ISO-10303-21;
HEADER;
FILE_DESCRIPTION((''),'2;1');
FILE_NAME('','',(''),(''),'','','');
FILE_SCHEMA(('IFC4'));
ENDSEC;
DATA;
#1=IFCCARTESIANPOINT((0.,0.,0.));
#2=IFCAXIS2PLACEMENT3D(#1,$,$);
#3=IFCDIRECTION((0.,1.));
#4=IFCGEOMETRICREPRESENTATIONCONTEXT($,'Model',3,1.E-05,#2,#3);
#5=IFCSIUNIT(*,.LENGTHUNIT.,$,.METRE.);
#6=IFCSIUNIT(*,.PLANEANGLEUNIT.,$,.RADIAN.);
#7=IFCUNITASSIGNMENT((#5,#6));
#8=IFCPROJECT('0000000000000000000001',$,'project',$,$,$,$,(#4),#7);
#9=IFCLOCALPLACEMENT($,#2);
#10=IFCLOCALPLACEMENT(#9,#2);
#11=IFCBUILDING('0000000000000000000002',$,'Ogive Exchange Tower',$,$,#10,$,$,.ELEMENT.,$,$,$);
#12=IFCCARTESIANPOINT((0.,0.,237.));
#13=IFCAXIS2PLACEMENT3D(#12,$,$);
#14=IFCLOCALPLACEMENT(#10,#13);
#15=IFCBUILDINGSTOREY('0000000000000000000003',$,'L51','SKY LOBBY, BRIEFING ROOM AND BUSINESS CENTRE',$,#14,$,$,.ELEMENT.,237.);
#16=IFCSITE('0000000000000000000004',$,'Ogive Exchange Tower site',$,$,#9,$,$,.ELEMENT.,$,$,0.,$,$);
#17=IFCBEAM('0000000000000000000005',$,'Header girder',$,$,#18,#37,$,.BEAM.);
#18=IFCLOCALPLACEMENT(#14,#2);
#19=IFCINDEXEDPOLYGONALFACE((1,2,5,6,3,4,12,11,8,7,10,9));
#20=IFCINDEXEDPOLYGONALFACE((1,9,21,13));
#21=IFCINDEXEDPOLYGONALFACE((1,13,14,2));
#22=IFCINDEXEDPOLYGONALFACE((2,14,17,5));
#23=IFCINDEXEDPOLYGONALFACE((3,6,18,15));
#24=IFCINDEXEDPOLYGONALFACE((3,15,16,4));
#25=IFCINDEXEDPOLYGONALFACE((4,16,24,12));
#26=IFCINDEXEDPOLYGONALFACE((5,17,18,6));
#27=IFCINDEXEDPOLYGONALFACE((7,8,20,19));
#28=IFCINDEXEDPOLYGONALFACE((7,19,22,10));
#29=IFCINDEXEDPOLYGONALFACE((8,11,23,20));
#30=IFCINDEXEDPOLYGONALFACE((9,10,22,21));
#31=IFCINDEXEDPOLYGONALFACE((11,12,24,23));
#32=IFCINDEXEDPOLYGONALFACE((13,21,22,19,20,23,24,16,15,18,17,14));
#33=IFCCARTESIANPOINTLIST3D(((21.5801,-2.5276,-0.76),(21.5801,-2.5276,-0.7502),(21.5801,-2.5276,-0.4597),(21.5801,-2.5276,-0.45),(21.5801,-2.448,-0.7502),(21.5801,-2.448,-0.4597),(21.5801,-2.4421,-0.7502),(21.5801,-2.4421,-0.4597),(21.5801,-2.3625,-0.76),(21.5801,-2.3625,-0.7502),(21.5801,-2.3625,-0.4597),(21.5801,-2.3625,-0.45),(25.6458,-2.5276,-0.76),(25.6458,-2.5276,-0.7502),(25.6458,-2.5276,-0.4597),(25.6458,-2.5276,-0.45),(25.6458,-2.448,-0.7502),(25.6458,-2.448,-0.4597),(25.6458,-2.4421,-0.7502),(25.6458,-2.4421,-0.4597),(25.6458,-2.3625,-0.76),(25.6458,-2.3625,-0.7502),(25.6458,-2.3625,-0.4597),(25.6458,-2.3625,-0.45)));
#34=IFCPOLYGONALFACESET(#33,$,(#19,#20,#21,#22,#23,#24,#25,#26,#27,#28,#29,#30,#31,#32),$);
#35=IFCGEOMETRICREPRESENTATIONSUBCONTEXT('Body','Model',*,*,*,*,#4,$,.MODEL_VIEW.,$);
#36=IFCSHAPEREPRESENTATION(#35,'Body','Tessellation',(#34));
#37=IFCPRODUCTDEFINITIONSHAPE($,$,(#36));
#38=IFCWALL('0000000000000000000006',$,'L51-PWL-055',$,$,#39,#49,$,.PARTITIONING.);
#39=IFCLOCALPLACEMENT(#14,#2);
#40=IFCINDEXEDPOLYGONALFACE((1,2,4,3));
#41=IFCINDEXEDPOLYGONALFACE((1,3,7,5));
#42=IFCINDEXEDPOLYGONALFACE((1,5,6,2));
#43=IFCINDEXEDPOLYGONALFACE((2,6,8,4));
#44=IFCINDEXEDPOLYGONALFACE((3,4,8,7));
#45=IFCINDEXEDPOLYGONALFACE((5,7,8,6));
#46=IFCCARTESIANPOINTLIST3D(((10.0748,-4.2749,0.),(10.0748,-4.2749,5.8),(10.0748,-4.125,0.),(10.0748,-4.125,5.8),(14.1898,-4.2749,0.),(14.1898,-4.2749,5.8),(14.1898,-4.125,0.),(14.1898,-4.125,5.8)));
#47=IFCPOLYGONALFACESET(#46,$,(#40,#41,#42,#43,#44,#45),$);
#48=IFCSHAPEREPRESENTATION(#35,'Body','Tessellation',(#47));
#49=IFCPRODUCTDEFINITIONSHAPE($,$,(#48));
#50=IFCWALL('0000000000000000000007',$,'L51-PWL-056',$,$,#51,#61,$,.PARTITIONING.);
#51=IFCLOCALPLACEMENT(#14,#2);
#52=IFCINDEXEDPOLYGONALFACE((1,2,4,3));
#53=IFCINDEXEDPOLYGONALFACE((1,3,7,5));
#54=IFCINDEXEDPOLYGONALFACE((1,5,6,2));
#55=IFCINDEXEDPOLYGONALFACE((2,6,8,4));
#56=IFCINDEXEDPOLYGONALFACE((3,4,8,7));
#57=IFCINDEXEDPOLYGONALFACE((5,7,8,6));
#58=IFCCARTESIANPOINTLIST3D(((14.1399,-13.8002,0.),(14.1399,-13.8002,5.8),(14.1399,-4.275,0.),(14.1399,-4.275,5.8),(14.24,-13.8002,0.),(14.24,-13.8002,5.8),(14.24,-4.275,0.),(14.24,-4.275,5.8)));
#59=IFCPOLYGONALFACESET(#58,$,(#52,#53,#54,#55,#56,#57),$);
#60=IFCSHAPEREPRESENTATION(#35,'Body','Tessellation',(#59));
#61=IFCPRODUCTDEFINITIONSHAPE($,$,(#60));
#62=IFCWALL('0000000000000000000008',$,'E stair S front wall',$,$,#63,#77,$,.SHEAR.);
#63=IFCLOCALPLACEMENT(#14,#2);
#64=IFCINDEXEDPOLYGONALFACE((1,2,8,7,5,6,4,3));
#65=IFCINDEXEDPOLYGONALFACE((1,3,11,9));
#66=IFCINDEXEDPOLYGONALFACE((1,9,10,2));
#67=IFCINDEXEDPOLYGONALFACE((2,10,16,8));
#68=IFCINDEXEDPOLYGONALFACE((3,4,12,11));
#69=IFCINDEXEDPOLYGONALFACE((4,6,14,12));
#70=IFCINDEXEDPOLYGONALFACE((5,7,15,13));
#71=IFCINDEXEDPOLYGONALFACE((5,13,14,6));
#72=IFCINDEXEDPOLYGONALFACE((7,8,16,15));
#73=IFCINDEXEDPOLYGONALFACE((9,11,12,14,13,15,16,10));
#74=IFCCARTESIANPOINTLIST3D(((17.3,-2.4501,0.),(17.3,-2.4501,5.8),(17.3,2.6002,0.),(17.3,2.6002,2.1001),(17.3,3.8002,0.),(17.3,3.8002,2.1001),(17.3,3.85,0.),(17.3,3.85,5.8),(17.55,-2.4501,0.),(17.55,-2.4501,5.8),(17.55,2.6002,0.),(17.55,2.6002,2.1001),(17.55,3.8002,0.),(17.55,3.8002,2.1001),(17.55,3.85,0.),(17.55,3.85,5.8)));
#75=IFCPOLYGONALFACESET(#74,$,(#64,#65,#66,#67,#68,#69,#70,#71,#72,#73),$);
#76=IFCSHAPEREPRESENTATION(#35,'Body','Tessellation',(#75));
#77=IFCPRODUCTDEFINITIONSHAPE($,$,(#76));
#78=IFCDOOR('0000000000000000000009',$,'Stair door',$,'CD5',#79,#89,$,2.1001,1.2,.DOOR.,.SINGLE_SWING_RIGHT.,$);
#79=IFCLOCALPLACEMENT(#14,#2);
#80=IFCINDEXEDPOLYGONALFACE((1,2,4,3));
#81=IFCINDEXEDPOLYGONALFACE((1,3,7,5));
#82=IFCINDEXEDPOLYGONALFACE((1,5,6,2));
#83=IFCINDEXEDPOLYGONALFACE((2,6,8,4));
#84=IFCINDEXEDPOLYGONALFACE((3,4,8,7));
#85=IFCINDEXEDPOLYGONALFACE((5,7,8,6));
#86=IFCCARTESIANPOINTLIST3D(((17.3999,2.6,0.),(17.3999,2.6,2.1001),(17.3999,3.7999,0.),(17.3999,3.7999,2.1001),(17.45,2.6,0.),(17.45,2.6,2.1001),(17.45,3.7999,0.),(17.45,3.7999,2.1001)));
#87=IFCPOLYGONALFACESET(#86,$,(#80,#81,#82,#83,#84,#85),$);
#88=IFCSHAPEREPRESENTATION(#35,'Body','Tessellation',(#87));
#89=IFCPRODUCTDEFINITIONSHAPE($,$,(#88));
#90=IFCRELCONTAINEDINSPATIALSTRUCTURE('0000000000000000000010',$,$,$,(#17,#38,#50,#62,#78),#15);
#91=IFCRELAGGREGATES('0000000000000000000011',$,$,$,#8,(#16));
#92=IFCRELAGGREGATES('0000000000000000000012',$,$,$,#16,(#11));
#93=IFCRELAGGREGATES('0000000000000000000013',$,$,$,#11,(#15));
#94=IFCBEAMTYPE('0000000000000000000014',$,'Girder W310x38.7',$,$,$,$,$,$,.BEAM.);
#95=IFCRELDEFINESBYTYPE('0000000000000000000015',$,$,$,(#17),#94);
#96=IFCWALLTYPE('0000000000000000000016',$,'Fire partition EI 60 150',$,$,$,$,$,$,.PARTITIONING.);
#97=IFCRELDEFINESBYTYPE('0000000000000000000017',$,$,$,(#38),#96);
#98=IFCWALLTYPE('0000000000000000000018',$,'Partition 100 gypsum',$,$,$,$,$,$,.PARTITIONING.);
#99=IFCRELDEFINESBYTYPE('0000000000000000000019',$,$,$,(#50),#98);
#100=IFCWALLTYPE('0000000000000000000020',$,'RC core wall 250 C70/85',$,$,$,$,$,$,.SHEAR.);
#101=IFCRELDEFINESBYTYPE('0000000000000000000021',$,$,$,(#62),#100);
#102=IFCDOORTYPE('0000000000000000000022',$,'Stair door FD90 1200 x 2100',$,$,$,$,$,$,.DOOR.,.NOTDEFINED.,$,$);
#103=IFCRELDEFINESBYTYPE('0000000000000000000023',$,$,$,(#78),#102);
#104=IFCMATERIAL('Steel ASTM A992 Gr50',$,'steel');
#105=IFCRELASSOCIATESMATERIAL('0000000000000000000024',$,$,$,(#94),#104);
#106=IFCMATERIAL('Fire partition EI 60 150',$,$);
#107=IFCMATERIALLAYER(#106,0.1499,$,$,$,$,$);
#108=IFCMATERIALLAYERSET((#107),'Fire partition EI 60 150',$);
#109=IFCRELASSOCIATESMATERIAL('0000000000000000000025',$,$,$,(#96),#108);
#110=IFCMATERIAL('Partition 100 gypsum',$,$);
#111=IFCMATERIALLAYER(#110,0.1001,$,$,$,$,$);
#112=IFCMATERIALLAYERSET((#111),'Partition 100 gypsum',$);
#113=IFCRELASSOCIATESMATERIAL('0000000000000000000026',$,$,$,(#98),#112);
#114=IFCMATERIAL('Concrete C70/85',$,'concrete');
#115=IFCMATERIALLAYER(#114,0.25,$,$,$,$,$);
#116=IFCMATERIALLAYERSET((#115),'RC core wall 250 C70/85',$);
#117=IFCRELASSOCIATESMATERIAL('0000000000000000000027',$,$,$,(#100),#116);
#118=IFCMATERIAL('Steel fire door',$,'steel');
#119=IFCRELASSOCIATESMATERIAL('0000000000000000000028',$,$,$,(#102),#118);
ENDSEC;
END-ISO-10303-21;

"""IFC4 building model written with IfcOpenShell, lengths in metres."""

from ifc_helpers import new_model, si_unit, direction, frame, frame_2d, origin, origin_2d, place, context, subcontext, project, spatial, rectangle, i_section, extrude, material, layer, layer_set, material_profile, profile_set, type_object, element, fill, save


model = new_model("IFC4")

# Units and contexts
model_context = context("Model", 3, precision=1e-05, world=origin(), true_north=direction((0.0, 1.0)))
body_context = subcontext(model_context, "Body", "Model", "MODEL_VIEW")
ifc_project = project(units=[si_unit("LENGTHUNIT", "METRE"), si_unit("PLANEANGLEUNIT", "RADIAN")], contexts=[model_context])

# Site, building, storey
site_placement = place(None, origin())
site = spatial("IfcSite", under=ifc_project, at=site_placement, Name="Ogive Exchange Tower site", CompositionType="ELEMENT", RefElevation=0.0)
building_placement = place(site_placement, origin())
building = spatial("IfcBuilding", under=site, at=building_placement, Name="Ogive Exchange Tower", CompositionType="ELEMENT")
storey_placement = place(building_placement, frame((0.0, 0.0, 237.0)))
storey = spatial("IfcBuildingStorey", under=building, at=storey_placement, Name="L51", Description="SKY LOBBY, BRIEFING ROOM AND BUSINESS CENTRE", CompositionType="ELEMENT", Elevation=237.0)

# Beam
ifc_material_1 = material(Name="Steel ASTM A992 Gr50", Category="steel")
ifc_material_profile = material_profile(ifc_material_1, i_section(OverallWidth=0.165, OverallDepth=0.3101, WebThickness=0.0059, FlangeThickness=0.0098, at=origin_2d()), Name="W310x38.7")
ifc_profile_set = profile_set([ifc_material_profile], Name="Steel ASTM A992 Gr50")
beam_type = type_object("IfcBeamType", Name="Girder W310x38.7", PredefinedType="BEAM", material=ifc_profile_set)
beam_placement = place(storey_placement, frame((21.5801, -2.4451, -0.605), z_axis=(1.0, 0.0, 0.0), x_axis=(0.0, 1.0, 0.0)))
element("IfcBeam", 1, at=beam_placement, inside=storey, type_object=beam_type, Name="Header girder", PredefinedType="BEAM", context=body_context, shape_type="SweptSolid", body=[
    extrude(i_section(OverallWidth=0.165, OverallDepth=0.3101, WebThickness=0.0059, FlangeThickness=0.0098, at=origin_2d()), origin(), (0.0, 0.0, 1.0), 4.0657),
])

# Walls
ifc_material_2 = material(Name="Fire partition EI 60 150")
ifc_layer_1 = layer(ifc_material_2, 0.1499)
ifc_layer_set_1 = layer_set([ifc_layer_1], Name="Fire partition EI 60 150")
wall_type_1 = type_object("IfcWallType", Name="Fire partition EI 60 150", PredefinedType="PARTITIONING", material=ifc_layer_set_1)
wall_1_placement = place(storey_placement, frame((14.1899, -4.2, 0.0), z_axis=(0.0, 0.0, 1.0), x_axis=(-1.0, 0.0, 0.0)))
element("IfcWall", 2, at=wall_1_placement, inside=storey, type_object=wall_type_1, Name="L51-PWL-055", PredefinedType="PARTITIONING", context=body_context, shape_type="SweptSolid", body=[
    extrude(rectangle(XDim=4.115, YDim=0.1499, at=frame_2d((2.0576, 0.0))), origin(), (0.0, 0.0, 1.0), 5.8),
])
ifc_material_3 = material(Name="Partition 100 gypsum")
ifc_layer_2 = layer(ifc_material_3, 0.1001)
ifc_layer_set_2 = layer_set([ifc_layer_2], Name="Partition 100 gypsum")
wall_type_2 = type_object("IfcWallType", Name="Partition 100 gypsum", PredefinedType="PARTITIONING", material=ifc_layer_set_2)
wall_2_placement = place(storey_placement, frame((14.1899, -4.2749, 0.0), z_axis=(0.0, 0.0, 1.0), x_axis=(0.0, -1.0, 0.0)))
element("IfcWall", 3, at=wall_2_placement, inside=storey, type_object=wall_type_2, Name="L51-PWL-056", PredefinedType="PARTITIONING", context=body_context, shape_type="SweptSolid", body=[
    extrude(rectangle(XDim=9.5251, YDim=0.1001, at=frame_2d((4.7627, 0.0))), origin(), (0.0, 0.0, 1.0), 5.8),
])

# Wall, opening, door
ifc_material_4 = material(Name="Concrete C70/85", Category="concrete")
ifc_layer_3 = layer(ifc_material_4, 0.25)
ifc_layer_set_3 = layer_set([ifc_layer_3], Name="RC core wall 250 C70/85")
wall_type_3 = type_object("IfcWallType", Name="RC core wall 250 C70/85", PredefinedType="SHEAR", material=ifc_layer_set_3)
wall_3_placement = place(storey_placement, frame((17.425, -2.45, 0.0), z_axis=(0.0, 0.0, 1.0), x_axis=(0.0, 1.0, 0.0)))
wall_3 = element("IfcWall", 4, at=wall_3_placement, inside=storey, type_object=wall_type_3, Name="E stair S front wall", PredefinedType="SHEAR", context=body_context, shape_type="SweptSolid", body=[
    extrude(rectangle(XDim=6.3, YDim=0.25, at=frame_2d((3.1499, 0.0))), origin(), (0.0, 0.0, 1.0), 5.8),
])
opening_1_placement = place(wall_3_placement, frame((5.05, 0.0, 0.0)))
opening_1 = element("IfcOpeningElement", 5, at=opening_1_placement, cuts=wall_3, PredefinedType="OPENING", context=body_context, shape_type="SweptSolid", body=[
    extrude(rectangle(XDim=1.2, YDim=2.1001, at=frame_2d((0.6001, 1.05))), frame((0.0, 0.135, 0.0), z_axis=(0.0, -1.0, 0.0), x_axis=(1.0, 0.0, 0.0)), (0.0, 0.0, 1.0), 0.27),
])
ifc_material_5 = material(Name="Steel fire door", Category="steel")
door_type_1 = type_object("IfcDoorType", Name="Stair door FD90 1200 x 2100", OperationType="NOTDEFINED", PredefinedType="DOOR", material=ifc_material_5)
door_1_placement = place(opening_1_placement, frame((1.2, 0.0, 0.0), z_axis=(0.0, 0.0, 1.0), x_axis=(-1.0, 0.0, 0.0)))
door_1 = element("IfcDoor", 6, at=door_1_placement, inside=storey, type_object=door_type_1, Name="Stair door", ObjectType="CD5", OperationType="SINGLE_SWING_RIGHT", OverallHeight=2.1001, OverallWidth=1.2, PredefinedType="DOOR", context=body_context, shape_type="SweptSolid", body=[
    extrude(rectangle(XDim=1.2, YDim=2.1001, at=frame_2d((0.6001, 1.05))), frame((0.0, 0.0249, 0.0), z_axis=(0.0, -1.0, 0.0), x_axis=(1.0, 0.0, 0.0)), (0.0, 0.0, 1.0), 0.05),
])
fill(opening_1, door_1)

save(model, "model.ifc")
